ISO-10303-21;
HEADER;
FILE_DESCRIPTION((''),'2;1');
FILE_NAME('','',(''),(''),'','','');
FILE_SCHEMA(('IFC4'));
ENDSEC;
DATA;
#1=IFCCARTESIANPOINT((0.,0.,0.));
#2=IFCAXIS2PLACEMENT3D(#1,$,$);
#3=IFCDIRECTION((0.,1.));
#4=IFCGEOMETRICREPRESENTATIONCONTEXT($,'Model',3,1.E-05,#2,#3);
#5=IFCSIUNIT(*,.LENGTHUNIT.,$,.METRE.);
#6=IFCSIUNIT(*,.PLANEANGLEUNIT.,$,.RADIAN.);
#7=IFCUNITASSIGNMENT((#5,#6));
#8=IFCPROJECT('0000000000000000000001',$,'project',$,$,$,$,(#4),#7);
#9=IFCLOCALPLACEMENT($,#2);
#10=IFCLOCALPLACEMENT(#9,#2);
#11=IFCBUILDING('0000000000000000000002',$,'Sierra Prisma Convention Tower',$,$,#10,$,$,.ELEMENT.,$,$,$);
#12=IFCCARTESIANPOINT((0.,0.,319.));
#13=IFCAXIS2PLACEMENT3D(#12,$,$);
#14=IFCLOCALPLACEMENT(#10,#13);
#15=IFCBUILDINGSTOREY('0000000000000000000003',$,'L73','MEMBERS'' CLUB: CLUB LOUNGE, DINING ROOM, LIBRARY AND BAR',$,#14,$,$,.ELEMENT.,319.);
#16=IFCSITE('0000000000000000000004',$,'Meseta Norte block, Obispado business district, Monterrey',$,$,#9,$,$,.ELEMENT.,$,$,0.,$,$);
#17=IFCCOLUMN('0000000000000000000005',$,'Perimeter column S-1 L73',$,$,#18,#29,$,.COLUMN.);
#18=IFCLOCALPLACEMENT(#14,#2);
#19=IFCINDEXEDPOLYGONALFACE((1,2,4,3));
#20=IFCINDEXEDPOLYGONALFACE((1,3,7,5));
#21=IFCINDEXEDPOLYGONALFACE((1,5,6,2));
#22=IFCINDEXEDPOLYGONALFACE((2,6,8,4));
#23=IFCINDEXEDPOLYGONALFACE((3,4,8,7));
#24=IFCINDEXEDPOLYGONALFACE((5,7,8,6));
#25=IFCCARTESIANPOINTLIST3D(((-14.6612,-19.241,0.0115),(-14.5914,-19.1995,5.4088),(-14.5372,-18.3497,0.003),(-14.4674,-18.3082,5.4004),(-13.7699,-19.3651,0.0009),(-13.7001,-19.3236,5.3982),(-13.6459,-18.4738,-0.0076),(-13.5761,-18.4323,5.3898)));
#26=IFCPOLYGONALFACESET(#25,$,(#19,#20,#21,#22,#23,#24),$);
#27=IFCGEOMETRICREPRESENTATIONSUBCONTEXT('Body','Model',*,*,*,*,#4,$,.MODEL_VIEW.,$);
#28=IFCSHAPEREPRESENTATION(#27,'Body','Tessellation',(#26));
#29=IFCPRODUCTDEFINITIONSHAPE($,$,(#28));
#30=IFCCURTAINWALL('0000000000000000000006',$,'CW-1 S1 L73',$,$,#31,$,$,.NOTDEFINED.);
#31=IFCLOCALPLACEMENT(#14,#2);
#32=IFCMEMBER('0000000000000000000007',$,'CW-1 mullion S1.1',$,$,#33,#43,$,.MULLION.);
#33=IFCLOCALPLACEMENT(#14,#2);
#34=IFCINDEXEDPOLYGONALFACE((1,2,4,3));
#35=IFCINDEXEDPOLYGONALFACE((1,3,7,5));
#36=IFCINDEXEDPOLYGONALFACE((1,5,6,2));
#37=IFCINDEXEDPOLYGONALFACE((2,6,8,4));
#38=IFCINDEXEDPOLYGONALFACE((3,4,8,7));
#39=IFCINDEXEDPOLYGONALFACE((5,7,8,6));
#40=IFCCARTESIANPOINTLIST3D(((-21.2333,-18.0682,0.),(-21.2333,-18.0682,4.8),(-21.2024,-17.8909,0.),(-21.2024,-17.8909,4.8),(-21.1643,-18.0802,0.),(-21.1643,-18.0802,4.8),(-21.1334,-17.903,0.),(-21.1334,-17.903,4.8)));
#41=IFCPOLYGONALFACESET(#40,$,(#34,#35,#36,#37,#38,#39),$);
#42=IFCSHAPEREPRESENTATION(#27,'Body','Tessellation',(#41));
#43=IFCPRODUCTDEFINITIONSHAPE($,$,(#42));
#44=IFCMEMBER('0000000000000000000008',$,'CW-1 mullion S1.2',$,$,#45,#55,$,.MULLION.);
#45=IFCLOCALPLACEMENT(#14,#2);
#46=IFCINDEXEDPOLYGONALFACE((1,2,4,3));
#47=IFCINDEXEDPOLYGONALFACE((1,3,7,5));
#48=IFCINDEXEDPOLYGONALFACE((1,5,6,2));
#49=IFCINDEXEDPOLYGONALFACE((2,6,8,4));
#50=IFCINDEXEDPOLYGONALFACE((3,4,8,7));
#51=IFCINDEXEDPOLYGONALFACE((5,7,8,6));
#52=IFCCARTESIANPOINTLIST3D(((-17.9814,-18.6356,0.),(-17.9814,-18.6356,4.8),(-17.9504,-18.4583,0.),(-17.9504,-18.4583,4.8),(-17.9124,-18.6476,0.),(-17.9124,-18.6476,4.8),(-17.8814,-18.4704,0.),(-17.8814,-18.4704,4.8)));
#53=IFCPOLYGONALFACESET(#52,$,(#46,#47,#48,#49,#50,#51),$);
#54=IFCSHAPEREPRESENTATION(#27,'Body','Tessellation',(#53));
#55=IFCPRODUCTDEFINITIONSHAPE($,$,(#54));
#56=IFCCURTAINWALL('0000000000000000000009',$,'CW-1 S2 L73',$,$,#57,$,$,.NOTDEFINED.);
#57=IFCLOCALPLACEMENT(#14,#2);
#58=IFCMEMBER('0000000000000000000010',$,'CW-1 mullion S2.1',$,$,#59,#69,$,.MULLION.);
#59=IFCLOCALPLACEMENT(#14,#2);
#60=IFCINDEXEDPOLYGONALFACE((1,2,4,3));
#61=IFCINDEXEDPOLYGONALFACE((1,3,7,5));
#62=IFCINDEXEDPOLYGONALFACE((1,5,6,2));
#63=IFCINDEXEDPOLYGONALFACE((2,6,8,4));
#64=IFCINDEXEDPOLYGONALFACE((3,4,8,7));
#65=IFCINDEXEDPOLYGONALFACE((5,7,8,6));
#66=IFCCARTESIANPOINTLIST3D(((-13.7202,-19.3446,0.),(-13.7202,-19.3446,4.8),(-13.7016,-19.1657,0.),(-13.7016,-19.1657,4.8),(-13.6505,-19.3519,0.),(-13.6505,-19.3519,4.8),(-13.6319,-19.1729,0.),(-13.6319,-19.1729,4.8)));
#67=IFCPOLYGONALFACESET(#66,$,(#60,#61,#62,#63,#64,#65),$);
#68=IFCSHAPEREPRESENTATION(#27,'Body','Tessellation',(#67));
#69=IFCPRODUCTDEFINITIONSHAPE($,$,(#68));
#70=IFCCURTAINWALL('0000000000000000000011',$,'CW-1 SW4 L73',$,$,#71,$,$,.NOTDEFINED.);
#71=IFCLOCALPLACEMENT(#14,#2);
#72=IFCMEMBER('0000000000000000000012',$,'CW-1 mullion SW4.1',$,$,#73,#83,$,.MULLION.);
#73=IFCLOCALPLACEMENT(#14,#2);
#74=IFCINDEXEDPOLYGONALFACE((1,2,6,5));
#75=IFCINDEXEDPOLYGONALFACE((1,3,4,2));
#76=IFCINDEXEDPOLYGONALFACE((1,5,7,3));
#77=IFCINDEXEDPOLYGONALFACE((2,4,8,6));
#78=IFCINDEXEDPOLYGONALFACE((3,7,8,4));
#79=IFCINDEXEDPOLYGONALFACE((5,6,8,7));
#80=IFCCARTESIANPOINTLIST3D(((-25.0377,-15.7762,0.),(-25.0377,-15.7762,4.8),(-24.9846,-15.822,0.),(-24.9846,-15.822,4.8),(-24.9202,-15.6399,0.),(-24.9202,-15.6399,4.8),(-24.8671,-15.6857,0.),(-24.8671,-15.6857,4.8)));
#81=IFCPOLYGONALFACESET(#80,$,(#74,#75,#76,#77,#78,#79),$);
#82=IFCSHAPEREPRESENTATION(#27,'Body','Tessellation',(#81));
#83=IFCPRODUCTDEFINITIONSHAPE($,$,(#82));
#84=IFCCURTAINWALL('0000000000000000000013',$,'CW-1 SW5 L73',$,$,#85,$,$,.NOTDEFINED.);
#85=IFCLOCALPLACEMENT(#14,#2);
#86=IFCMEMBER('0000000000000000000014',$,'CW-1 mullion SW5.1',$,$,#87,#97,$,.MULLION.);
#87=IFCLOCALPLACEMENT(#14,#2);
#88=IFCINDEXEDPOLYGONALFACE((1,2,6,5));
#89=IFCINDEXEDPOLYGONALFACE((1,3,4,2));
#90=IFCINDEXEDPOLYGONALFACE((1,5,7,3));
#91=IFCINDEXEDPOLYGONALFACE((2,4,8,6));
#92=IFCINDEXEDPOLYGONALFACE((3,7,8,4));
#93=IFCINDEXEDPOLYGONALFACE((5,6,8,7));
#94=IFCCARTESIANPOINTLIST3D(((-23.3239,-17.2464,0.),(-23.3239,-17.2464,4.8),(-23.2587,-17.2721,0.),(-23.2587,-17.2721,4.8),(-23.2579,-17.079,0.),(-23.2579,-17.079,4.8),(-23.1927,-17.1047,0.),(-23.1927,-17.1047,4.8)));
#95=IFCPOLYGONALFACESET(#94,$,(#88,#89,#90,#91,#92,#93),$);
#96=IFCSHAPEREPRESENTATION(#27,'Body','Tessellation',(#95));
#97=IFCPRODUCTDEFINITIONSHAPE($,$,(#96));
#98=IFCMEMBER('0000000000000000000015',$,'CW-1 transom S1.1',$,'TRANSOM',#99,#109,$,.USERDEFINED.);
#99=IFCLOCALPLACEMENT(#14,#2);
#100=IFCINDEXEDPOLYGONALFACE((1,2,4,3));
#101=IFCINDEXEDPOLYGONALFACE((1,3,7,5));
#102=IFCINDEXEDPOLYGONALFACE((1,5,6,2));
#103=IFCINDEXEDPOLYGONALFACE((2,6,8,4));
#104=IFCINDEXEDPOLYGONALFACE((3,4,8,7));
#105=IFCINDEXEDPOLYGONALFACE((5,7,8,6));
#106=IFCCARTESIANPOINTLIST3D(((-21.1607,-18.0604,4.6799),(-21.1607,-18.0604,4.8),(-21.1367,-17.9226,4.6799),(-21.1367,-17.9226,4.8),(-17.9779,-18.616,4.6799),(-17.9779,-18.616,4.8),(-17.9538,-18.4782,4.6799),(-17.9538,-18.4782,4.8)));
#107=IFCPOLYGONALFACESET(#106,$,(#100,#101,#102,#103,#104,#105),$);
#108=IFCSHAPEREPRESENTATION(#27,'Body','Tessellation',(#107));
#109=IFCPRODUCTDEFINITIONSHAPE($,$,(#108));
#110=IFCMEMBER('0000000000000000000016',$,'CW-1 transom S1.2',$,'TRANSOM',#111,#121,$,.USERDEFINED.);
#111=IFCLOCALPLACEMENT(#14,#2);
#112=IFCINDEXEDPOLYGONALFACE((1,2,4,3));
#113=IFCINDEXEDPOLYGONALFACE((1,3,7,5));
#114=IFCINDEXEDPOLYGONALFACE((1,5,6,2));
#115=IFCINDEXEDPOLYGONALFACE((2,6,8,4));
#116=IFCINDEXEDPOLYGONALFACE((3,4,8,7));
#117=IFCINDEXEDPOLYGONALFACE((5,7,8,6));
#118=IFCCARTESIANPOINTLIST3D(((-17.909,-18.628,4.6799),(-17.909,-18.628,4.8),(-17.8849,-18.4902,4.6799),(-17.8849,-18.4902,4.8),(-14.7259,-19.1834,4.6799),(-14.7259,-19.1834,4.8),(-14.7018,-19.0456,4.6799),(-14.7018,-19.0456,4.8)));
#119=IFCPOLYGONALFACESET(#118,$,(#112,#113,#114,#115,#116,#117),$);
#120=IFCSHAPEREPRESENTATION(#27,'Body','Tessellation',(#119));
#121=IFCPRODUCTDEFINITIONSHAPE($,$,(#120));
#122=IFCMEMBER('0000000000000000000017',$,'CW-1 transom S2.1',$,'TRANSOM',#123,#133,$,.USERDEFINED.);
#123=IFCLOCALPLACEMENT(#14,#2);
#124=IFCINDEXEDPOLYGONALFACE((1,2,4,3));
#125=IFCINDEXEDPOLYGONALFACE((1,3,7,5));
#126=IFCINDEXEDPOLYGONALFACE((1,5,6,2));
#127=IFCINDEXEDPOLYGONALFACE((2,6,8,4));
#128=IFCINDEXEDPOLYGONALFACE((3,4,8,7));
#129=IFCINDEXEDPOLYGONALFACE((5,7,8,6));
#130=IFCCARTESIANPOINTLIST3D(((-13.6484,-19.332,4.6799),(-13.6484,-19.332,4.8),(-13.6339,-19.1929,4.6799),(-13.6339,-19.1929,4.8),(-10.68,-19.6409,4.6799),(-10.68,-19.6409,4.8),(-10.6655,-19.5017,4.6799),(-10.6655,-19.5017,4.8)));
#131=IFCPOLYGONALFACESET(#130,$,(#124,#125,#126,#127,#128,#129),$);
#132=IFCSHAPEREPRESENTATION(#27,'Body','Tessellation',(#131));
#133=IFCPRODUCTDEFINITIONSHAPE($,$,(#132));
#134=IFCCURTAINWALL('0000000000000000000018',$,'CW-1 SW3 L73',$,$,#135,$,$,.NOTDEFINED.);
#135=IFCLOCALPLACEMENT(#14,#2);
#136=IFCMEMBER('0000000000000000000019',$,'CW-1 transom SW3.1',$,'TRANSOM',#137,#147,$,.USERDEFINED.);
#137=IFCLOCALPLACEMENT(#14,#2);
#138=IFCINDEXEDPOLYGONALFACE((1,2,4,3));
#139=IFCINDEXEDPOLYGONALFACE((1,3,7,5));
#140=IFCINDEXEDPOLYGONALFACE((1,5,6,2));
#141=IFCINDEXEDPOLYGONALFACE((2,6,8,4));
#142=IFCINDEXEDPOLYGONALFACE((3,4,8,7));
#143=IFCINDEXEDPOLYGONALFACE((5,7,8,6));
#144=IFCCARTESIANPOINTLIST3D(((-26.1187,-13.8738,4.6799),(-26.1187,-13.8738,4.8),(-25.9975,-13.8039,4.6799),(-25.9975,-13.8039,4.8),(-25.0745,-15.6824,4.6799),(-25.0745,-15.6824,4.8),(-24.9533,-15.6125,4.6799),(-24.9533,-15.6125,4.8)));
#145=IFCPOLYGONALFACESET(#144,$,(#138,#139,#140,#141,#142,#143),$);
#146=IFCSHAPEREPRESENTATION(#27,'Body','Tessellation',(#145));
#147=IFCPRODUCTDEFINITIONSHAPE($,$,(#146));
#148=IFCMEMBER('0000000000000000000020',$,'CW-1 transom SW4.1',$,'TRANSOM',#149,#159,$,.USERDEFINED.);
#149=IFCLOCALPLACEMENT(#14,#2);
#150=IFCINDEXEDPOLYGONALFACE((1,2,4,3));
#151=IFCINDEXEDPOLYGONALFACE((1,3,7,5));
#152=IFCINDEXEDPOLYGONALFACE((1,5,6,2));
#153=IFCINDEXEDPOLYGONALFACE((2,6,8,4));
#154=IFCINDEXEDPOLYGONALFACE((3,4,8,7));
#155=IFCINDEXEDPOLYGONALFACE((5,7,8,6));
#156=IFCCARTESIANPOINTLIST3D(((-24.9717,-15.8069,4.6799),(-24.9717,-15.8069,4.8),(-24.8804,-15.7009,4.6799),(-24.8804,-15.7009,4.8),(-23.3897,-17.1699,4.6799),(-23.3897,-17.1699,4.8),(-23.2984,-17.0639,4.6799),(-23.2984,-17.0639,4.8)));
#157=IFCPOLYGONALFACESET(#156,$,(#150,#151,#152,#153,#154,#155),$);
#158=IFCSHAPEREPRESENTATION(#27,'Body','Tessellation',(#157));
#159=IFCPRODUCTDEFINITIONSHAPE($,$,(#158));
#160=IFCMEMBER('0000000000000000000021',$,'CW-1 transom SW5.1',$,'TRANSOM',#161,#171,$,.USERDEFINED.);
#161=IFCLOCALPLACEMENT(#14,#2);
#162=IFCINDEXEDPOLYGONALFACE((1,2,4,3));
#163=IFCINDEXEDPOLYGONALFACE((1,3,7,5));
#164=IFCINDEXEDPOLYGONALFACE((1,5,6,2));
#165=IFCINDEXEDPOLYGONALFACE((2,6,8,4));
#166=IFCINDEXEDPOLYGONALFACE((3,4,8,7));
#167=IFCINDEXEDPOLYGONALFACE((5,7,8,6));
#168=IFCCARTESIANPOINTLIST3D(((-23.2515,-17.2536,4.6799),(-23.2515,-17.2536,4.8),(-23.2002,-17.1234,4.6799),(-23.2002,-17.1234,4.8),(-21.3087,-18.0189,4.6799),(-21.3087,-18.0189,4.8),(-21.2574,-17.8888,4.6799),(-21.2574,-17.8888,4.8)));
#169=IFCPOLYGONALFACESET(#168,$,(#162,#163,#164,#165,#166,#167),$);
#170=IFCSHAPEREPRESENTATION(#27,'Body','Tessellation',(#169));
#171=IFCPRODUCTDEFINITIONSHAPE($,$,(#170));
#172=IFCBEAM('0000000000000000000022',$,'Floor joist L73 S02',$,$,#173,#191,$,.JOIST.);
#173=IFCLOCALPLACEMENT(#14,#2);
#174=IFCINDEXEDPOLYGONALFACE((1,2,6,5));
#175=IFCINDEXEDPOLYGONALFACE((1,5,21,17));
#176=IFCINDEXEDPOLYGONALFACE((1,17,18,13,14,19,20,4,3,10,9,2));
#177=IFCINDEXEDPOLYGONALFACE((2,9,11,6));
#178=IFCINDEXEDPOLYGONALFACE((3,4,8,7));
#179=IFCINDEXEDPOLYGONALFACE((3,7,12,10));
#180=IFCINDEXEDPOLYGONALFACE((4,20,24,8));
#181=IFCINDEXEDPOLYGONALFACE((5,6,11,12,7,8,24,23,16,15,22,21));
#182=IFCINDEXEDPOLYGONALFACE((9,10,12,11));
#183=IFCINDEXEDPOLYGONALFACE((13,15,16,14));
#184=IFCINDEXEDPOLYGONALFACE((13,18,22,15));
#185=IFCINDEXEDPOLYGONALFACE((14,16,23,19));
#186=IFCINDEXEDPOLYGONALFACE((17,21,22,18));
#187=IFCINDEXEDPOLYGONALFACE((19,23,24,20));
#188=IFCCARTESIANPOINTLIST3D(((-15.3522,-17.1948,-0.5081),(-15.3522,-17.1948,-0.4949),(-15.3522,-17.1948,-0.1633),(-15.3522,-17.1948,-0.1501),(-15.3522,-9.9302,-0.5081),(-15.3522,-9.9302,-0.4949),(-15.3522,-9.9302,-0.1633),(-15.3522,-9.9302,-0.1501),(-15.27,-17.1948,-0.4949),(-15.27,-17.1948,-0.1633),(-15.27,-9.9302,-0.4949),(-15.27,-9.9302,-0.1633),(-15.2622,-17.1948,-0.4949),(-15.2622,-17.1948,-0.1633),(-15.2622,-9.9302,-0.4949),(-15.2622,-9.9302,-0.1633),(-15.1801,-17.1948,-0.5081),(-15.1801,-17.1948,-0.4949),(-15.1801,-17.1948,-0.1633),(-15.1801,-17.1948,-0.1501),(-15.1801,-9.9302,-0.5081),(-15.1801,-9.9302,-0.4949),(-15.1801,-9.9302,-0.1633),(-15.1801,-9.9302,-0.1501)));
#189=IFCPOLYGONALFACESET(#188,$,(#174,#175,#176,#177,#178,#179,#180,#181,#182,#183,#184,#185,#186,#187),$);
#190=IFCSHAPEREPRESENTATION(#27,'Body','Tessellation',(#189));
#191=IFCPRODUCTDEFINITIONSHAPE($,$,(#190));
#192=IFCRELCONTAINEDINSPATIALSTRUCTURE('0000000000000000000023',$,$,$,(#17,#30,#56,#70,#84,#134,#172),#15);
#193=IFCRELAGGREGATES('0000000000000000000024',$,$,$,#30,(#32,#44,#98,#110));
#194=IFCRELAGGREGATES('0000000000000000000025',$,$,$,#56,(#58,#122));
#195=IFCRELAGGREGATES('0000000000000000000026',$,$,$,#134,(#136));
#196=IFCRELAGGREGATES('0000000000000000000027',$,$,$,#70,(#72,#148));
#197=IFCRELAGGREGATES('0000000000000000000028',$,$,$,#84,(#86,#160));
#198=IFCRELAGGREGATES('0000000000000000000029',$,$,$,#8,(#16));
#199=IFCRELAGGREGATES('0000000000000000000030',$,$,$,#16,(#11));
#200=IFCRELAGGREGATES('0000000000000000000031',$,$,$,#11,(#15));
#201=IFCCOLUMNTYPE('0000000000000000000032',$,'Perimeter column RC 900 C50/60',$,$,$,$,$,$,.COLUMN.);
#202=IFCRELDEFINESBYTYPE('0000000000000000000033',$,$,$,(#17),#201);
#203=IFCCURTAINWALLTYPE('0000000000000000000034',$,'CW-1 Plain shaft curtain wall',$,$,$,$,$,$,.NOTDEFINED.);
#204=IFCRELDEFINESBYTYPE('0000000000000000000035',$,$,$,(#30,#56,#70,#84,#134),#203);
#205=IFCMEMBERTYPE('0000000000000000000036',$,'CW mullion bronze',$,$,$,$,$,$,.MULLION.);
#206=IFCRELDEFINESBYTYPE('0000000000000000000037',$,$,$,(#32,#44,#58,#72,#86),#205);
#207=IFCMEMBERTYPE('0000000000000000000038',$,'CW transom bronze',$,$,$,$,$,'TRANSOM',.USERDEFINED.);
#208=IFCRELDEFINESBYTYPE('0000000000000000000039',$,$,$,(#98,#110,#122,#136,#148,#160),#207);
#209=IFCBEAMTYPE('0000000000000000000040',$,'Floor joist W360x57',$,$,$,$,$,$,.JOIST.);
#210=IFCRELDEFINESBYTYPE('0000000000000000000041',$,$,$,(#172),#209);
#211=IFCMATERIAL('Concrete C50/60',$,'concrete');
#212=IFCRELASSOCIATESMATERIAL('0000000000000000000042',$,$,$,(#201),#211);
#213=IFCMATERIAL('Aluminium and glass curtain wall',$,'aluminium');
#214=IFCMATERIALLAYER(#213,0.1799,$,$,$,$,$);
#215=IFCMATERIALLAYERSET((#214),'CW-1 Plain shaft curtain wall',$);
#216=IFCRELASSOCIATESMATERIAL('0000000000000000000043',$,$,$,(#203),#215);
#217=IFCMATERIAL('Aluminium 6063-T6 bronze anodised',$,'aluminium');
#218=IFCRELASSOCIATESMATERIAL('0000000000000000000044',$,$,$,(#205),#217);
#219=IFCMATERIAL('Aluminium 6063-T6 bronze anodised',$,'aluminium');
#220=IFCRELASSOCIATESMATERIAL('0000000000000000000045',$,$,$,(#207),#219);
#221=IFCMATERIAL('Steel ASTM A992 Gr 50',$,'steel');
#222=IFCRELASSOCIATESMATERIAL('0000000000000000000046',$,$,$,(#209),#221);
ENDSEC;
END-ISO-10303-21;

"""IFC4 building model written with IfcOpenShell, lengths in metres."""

from ifc_helpers import new_model, si_unit, direction, frame, origin, origin_2d, place, context, subcontext, project, spatial, rectangle, i_section, extrude, clip, halfspace, material, layer, layer_set, material_profile, profile_set, type_object, element, aggregate, save


model = new_model("IFC4")

# Units and contexts
model_context = context("Model", 3, precision=1e-05, world=origin(), true_north=direction((0.0, 1.0)))
body_context = subcontext(model_context, "Body", "Model", "MODEL_VIEW")
ifc_project = project(units=[si_unit("LENGTHUNIT", "METRE"), si_unit("PLANEANGLEUNIT", "RADIAN")], contexts=[model_context])

# Site, building, storey
site_placement = place(None, origin())
site = spatial("IfcSite", under=ifc_project, at=site_placement, Name="Meseta Norte block, Obispado business district, Monterrey", CompositionType="ELEMENT", RefElevation=0.0)
building_placement = place(site_placement, origin())
building = spatial("IfcBuilding", under=site, at=building_placement, Name="Sierra Prisma Convention Tower", CompositionType="ELEMENT")
storey_placement = place(building_placement, frame((0.0, 0.0, 319.0)))
storey = spatial("IfcBuildingStorey", under=building, at=storey_placement, Name="L73", Description="MEMBERS' CLUB: CLUB LOUNGE, DINING ROOM, LIBRARY AND BAR", CompositionType="ELEMENT", Elevation=319.0)

# Column
ifc_material_1 = material(Name="Concrete C50/60", Category="concrete")
ifc_material_profile_1 = material_profile(ifc_material_1, rectangle(XDim=0.8999, YDim=0.8999, at=origin_2d()), Name="Perimeter column RC 900 C50/60")
ifc_profile_set_1 = profile_set([ifc_material_profile_1], Name="Concrete C50/60")
column_type = type_object("IfcColumnType", Name="Perimeter column RC 900 C50/60", PredefinedType="COLUMN", material=ifc_profile_set_1)
column_placement = place(storey_placement, frame((-14.1536, -18.8574, 0.0), z_axis=(0.012929, 0.007685, 0.999887), x_axis=(-0.990379, 0.137885, 0.011746)))
element("IfcColumn", 1, at=column_placement, inside=storey, type_object=column_type, Name="Perimeter column S-1 L73", PredefinedType="COLUMN", context=body_context, shape_type="SweptSolid", body=[
    clip(clip(extrude(rectangle(XDim=0.8999, YDim=0.8999, at=origin_2d()), origin(), (0.0, 0.0, 1.0), 5.4006), halfspace(frame((0.0, 0.0, 0.002)), True)), halfspace(frame((0.0, 0.0, 5.3999)), False)),
])

# Curtain wall, members
ifc_material_2 = material(Name="Aluminium and glass curtain wall", Category="aluminium")
ifc_layer_1 = layer(ifc_material_2, 0.1799)
ifc_layer_set_1 = layer_set([ifc_layer_1], Name="CW-1 Plain shaft curtain wall")
curtain_wall_type = type_object("IfcCurtainWallType", Name="CW-1 Plain shaft curtain wall", PredefinedType="NOTDEFINED", material=ifc_layer_set_1)
curtain_wall_1_placement = place(storey_placement, origin())
curtain_wall_1 = element("IfcCurtainWall", 2, at=curtain_wall_1_placement, inside=storey, type_object=curtain_wall_type, Name="CW-1 S1 L73", PredefinedType="NOTDEFINED")
ifc_material_3 = material(Name="Aluminium 6063-T6 bronze anodised", Category="aluminium")
ifc_material_profile_2 = material_profile(ifc_material_3, rectangle(XDim=0.1799, YDim=0.0701, at=origin_2d()), Name="ALU MULLION 70x180")
ifc_profile_set_2 = profile_set([ifc_material_profile_2], Name="Aluminium 6063-T6 bronze anodised")
member_type_1 = type_object("IfcMemberType", Name="CW mullion bronze", PredefinedType="MULLION", material=ifc_profile_set_2)
member_1_placement = place(storey_placement, frame((-21.1833, -17.9856, 0.0), z_axis=(0.0, 0.0, 1.0), x_axis=(0.171929, 0.985109, 0.0)))
member_1 = element("IfcMember", 3, at=member_1_placement, type_object=member_type_1, Name="CW-1 mullion S1.1", PredefinedType="MULLION", context=body_context, shape_type="SweptSolid", body=[
    extrude(rectangle(XDim=0.1799, YDim=0.0701, at=origin_2d()), origin(), (0.0, 0.0, 1.0), 4.8),
])
member_2_placement = place(storey_placement, frame((-17.9314, -18.553, 0.0), z_axis=(0.0, 0.0, 1.0), x_axis=(0.171929, 0.985109, 0.0)))
member_2 = element("IfcMember", 4, at=member_2_placement, type_object=member_type_1, Name="CW-1 mullion S1.2", PredefinedType="MULLION", context=body_context, shape_type="SweptSolid", body=[
    extrude(rectangle(XDim=0.1799, YDim=0.0701, at=origin_2d()), origin(), (0.0, 0.0, 1.0), 4.8),
])

# Curtain walls, members
curtain_wall_2_placement = place(storey_placement, origin())
curtain_wall_2 = element("IfcCurtainWall", 5, at=curtain_wall_2_placement, inside=storey, type_object=curtain_wall_type, Name="CW-1 S2 L73", PredefinedType="NOTDEFINED")
member_3_placement = place(storey_placement, frame((-13.676, -19.2588, 0.0), z_axis=(0.0, 0.0, 1.0), x_axis=(0.103487, 0.994631, 0.0)))
member_3 = element("IfcMember", 6, at=member_3_placement, type_object=member_type_1, Name="CW-1 mullion S2.1", PredefinedType="MULLION", context=body_context, shape_type="SweptSolid", body=[
    extrude(rectangle(XDim=0.1799, YDim=0.0701, at=origin_2d()), origin(), (0.0, 0.0, 1.0), 4.8),
])
curtain_wall_3_placement = place(storey_placement, origin())
curtain_wall_3 = element("IfcCurtainWall", 7, at=curtain_wall_3_placement, inside=storey, type_object=curtain_wall_type, Name="CW-1 SW4 L73", PredefinedType="NOTDEFINED")
member_4_placement = place(storey_placement, frame((-24.9524, -15.731, 0.0), z_axis=(0.0, 0.0, 1.0), x_axis=(0.652786, 0.757542, 0.0)))
member_4 = element("IfcMember", 8, at=member_4_placement, type_object=member_type_1, Name="CW-1 mullion SW4.1", PredefinedType="MULLION", context=body_context, shape_type="SweptSolid", body=[
    extrude(rectangle(XDim=0.1799, YDim=0.0701, at=origin_2d()), origin(), (0.0, 0.0, 1.0), 4.8),
])
curtain_wall_4_placement = place(storey_placement, origin())
curtain_wall_4 = element("IfcCurtainWall", 9, at=curtain_wall_4_placement, inside=storey, type_object=curtain_wall_type, Name="CW-1 SW5 L73", PredefinedType="NOTDEFINED")
member_5_placement = place(storey_placement, frame((-23.2583, -17.1755, 0.0), z_axis=(0.0, 0.0, 1.0), x_axis=(0.366566, 0.930392, 0.0)))
member_5 = element("IfcMember", 10, at=member_5_placement, type_object=member_type_1, Name="CW-1 mullion SW5.1", PredefinedType="MULLION", context=body_context, shape_type="SweptSolid", body=[
    extrude(rectangle(XDim=0.1799, YDim=0.0701, at=origin_2d()), origin(), (0.0, 0.0, 1.0), 4.8),
])

# Members
ifc_material_4 = material(Name="Aluminium 6063-T6 bronze anodised", Category="aluminium")
ifc_material_profile_3 = material_profile(ifc_material_4, rectangle(XDim=0.1399, YDim=0.1201, at=origin_2d()), Name="ALU TRANSOM 120x140")
ifc_profile_set_3 = profile_set([ifc_material_profile_3], Name="Aluminium 6063-T6 bronze anodised")
member_type_2 = type_object("IfcMemberType", Name="CW transom bronze", ElementType="TRANSOM", PredefinedType="USERDEFINED", material=ifc_profile_set_3)
member_6_placement = place(storey_placement, frame((-21.1487, -17.9915, 4.74), z_axis=(0.985101, -0.171979, 0.0), x_axis=(0.171979, 0.985101, 0.0)))
member_6 = element("IfcMember", 11, at=member_6_placement, type_object=member_type_2, Name="CW-1 transom S1.1", ObjectType="TRANSOM", PredefinedType="USERDEFINED", context=body_context, shape_type="SweptSolid", body=[
    extrude(rectangle(XDim=0.1399, YDim=0.1201, at=origin_2d()), origin(), (0.0, 0.0, 1.0), 3.231),
])
member_7_placement = place(storey_placement, frame((-17.897, -18.5591, 4.74), z_axis=(0.985116, -0.171893, 0.0), x_axis=(0.171893, 0.985116, 0.0)))
member_7 = element("IfcMember", 12, at=member_7_placement, type_object=member_type_2, Name="CW-1 transom S1.2", ObjectType="TRANSOM", PredefinedType="USERDEFINED", context=body_context, shape_type="SweptSolid", body=[
    extrude(rectangle(XDim=0.1399, YDim=0.1201, at=origin_2d()), origin(), (0.0, 0.0, 1.0), 3.2312),
])
member_8_placement = place(storey_placement, frame((-13.6411, -19.2625, 4.74), z_axis=(0.994631, -0.103488, 0.0), x_axis=(0.103488, 0.994631, 0.0)))
member_8 = element("IfcMember", 13, at=member_8_placement, type_object=member_type_2, Name="CW-1 transom S2.1", ObjectType="TRANSOM", PredefinedType="USERDEFINED", context=body_context, shape_type="SweptSolid", body=[
    extrude(rectangle(XDim=0.1399, YDim=0.1201, at=origin_2d()), origin(), (0.0, 0.0, 1.0), 2.9844),
])

# Curtain wall, member
curtain_wall_5_placement = place(storey_placement, origin())
curtain_wall_5 = element("IfcCurtainWall", 14, at=curtain_wall_5_placement, inside=storey, type_object=curtain_wall_type, Name="CW-1 SW3 L73", PredefinedType="NOTDEFINED")
member_9_placement = place(storey_placement, frame((-26.0581, -13.8389, 4.74), z_axis=(0.499999, -0.866026, 0.0), x_axis=(0.866026, 0.499999, 0.0)))
member_9 = element("IfcMember", 15, at=member_9_placement, type_object=member_type_2, Name="CW-1 transom SW3.1", ObjectType="TRANSOM", PredefinedType="USERDEFINED", context=body_context, shape_type="SweptSolid", body=[
    extrude(rectangle(XDim=0.1399, YDim=0.1201, at=origin_2d()), origin(), (0.0, 0.0, 1.0), 2.0884),
])

# Members
member_10_placement = place(storey_placement, frame((-24.926, -15.7539, 4.74), z_axis=(0.757595, -0.652725, 0.0), x_axis=(0.652725, 0.757595, 0.0)))
member_10 = element("IfcMember", 16, at=member_10_placement, type_object=member_type_2, Name="CW-1 transom SW4.1", ObjectType="TRANSOM", PredefinedType="USERDEFINED", context=body_context, shape_type="SweptSolid", body=[
    extrude(rectangle(XDim=0.1399, YDim=0.1201, at=origin_2d()), origin(), (0.0, 0.0, 1.0), 2.0881),
])
member_11_placement = place(storey_placement, frame((-23.2258, -17.1885, 4.74), z_axis=(0.930407, -0.366528, 0.0), x_axis=(0.366528, 0.930407, 0.0)))
member_11 = element("IfcMember", 17, at=member_11_placement, type_object=member_type_2, Name="CW-1 transom SW5.1", ObjectType="TRANSOM", PredefinedType="USERDEFINED", context=body_context, shape_type="SweptSolid", body=[
    extrude(rectangle(XDim=0.1399, YDim=0.1201, at=origin_2d()), origin(), (0.0, 0.0, 1.0), 2.0881),
])

# Beam
ifc_material_5 = material(Name="Steel ASTM A992 Gr 50", Category="steel")
ifc_material_profile_4 = material_profile(ifc_material_5, i_section(OverallWidth=0.1721, OverallDepth=0.3579, WebThickness=0.0078, FlangeThickness=0.0132, at=origin_2d()), Name="W360x57")
ifc_profile_set_4 = profile_set([ifc_material_profile_4], Name="Steel ASTM A992 Gr 50")
beam_type_1 = type_object("IfcBeamType", Name="Floor joist W360x57", PredefinedType="JOIST", material=ifc_profile_set_4)
beam_1_placement = place(storey_placement, frame((-15.2661, -17.1948, -0.3291), z_axis=(0.0, 1.0, 0.0), x_axis=(-1.0, 0.0, 0.0)))
element("IfcBeam", 18, at=beam_1_placement, inside=storey, type_object=beam_type_1, Name="Floor joist L73 S02", PredefinedType="JOIST", context=body_context, shape_type="SweptSolid", body=[
    extrude(i_section(OverallWidth=0.1721, OverallDepth=0.3579, WebThickness=0.0078, FlangeThickness=0.0132, at=origin_2d()), origin(), (0.0, 0.0, 1.0), 7.2646),
])

aggregate(curtain_wall_1, [member_1, member_2, member_6, member_7])
aggregate(curtain_wall_2, [member_3, member_8])
aggregate(curtain_wall_5, [member_9])
aggregate(curtain_wall_3, [member_4, member_10])
aggregate(curtain_wall_4, [member_5, member_11])

save(model, "model.ifc")
